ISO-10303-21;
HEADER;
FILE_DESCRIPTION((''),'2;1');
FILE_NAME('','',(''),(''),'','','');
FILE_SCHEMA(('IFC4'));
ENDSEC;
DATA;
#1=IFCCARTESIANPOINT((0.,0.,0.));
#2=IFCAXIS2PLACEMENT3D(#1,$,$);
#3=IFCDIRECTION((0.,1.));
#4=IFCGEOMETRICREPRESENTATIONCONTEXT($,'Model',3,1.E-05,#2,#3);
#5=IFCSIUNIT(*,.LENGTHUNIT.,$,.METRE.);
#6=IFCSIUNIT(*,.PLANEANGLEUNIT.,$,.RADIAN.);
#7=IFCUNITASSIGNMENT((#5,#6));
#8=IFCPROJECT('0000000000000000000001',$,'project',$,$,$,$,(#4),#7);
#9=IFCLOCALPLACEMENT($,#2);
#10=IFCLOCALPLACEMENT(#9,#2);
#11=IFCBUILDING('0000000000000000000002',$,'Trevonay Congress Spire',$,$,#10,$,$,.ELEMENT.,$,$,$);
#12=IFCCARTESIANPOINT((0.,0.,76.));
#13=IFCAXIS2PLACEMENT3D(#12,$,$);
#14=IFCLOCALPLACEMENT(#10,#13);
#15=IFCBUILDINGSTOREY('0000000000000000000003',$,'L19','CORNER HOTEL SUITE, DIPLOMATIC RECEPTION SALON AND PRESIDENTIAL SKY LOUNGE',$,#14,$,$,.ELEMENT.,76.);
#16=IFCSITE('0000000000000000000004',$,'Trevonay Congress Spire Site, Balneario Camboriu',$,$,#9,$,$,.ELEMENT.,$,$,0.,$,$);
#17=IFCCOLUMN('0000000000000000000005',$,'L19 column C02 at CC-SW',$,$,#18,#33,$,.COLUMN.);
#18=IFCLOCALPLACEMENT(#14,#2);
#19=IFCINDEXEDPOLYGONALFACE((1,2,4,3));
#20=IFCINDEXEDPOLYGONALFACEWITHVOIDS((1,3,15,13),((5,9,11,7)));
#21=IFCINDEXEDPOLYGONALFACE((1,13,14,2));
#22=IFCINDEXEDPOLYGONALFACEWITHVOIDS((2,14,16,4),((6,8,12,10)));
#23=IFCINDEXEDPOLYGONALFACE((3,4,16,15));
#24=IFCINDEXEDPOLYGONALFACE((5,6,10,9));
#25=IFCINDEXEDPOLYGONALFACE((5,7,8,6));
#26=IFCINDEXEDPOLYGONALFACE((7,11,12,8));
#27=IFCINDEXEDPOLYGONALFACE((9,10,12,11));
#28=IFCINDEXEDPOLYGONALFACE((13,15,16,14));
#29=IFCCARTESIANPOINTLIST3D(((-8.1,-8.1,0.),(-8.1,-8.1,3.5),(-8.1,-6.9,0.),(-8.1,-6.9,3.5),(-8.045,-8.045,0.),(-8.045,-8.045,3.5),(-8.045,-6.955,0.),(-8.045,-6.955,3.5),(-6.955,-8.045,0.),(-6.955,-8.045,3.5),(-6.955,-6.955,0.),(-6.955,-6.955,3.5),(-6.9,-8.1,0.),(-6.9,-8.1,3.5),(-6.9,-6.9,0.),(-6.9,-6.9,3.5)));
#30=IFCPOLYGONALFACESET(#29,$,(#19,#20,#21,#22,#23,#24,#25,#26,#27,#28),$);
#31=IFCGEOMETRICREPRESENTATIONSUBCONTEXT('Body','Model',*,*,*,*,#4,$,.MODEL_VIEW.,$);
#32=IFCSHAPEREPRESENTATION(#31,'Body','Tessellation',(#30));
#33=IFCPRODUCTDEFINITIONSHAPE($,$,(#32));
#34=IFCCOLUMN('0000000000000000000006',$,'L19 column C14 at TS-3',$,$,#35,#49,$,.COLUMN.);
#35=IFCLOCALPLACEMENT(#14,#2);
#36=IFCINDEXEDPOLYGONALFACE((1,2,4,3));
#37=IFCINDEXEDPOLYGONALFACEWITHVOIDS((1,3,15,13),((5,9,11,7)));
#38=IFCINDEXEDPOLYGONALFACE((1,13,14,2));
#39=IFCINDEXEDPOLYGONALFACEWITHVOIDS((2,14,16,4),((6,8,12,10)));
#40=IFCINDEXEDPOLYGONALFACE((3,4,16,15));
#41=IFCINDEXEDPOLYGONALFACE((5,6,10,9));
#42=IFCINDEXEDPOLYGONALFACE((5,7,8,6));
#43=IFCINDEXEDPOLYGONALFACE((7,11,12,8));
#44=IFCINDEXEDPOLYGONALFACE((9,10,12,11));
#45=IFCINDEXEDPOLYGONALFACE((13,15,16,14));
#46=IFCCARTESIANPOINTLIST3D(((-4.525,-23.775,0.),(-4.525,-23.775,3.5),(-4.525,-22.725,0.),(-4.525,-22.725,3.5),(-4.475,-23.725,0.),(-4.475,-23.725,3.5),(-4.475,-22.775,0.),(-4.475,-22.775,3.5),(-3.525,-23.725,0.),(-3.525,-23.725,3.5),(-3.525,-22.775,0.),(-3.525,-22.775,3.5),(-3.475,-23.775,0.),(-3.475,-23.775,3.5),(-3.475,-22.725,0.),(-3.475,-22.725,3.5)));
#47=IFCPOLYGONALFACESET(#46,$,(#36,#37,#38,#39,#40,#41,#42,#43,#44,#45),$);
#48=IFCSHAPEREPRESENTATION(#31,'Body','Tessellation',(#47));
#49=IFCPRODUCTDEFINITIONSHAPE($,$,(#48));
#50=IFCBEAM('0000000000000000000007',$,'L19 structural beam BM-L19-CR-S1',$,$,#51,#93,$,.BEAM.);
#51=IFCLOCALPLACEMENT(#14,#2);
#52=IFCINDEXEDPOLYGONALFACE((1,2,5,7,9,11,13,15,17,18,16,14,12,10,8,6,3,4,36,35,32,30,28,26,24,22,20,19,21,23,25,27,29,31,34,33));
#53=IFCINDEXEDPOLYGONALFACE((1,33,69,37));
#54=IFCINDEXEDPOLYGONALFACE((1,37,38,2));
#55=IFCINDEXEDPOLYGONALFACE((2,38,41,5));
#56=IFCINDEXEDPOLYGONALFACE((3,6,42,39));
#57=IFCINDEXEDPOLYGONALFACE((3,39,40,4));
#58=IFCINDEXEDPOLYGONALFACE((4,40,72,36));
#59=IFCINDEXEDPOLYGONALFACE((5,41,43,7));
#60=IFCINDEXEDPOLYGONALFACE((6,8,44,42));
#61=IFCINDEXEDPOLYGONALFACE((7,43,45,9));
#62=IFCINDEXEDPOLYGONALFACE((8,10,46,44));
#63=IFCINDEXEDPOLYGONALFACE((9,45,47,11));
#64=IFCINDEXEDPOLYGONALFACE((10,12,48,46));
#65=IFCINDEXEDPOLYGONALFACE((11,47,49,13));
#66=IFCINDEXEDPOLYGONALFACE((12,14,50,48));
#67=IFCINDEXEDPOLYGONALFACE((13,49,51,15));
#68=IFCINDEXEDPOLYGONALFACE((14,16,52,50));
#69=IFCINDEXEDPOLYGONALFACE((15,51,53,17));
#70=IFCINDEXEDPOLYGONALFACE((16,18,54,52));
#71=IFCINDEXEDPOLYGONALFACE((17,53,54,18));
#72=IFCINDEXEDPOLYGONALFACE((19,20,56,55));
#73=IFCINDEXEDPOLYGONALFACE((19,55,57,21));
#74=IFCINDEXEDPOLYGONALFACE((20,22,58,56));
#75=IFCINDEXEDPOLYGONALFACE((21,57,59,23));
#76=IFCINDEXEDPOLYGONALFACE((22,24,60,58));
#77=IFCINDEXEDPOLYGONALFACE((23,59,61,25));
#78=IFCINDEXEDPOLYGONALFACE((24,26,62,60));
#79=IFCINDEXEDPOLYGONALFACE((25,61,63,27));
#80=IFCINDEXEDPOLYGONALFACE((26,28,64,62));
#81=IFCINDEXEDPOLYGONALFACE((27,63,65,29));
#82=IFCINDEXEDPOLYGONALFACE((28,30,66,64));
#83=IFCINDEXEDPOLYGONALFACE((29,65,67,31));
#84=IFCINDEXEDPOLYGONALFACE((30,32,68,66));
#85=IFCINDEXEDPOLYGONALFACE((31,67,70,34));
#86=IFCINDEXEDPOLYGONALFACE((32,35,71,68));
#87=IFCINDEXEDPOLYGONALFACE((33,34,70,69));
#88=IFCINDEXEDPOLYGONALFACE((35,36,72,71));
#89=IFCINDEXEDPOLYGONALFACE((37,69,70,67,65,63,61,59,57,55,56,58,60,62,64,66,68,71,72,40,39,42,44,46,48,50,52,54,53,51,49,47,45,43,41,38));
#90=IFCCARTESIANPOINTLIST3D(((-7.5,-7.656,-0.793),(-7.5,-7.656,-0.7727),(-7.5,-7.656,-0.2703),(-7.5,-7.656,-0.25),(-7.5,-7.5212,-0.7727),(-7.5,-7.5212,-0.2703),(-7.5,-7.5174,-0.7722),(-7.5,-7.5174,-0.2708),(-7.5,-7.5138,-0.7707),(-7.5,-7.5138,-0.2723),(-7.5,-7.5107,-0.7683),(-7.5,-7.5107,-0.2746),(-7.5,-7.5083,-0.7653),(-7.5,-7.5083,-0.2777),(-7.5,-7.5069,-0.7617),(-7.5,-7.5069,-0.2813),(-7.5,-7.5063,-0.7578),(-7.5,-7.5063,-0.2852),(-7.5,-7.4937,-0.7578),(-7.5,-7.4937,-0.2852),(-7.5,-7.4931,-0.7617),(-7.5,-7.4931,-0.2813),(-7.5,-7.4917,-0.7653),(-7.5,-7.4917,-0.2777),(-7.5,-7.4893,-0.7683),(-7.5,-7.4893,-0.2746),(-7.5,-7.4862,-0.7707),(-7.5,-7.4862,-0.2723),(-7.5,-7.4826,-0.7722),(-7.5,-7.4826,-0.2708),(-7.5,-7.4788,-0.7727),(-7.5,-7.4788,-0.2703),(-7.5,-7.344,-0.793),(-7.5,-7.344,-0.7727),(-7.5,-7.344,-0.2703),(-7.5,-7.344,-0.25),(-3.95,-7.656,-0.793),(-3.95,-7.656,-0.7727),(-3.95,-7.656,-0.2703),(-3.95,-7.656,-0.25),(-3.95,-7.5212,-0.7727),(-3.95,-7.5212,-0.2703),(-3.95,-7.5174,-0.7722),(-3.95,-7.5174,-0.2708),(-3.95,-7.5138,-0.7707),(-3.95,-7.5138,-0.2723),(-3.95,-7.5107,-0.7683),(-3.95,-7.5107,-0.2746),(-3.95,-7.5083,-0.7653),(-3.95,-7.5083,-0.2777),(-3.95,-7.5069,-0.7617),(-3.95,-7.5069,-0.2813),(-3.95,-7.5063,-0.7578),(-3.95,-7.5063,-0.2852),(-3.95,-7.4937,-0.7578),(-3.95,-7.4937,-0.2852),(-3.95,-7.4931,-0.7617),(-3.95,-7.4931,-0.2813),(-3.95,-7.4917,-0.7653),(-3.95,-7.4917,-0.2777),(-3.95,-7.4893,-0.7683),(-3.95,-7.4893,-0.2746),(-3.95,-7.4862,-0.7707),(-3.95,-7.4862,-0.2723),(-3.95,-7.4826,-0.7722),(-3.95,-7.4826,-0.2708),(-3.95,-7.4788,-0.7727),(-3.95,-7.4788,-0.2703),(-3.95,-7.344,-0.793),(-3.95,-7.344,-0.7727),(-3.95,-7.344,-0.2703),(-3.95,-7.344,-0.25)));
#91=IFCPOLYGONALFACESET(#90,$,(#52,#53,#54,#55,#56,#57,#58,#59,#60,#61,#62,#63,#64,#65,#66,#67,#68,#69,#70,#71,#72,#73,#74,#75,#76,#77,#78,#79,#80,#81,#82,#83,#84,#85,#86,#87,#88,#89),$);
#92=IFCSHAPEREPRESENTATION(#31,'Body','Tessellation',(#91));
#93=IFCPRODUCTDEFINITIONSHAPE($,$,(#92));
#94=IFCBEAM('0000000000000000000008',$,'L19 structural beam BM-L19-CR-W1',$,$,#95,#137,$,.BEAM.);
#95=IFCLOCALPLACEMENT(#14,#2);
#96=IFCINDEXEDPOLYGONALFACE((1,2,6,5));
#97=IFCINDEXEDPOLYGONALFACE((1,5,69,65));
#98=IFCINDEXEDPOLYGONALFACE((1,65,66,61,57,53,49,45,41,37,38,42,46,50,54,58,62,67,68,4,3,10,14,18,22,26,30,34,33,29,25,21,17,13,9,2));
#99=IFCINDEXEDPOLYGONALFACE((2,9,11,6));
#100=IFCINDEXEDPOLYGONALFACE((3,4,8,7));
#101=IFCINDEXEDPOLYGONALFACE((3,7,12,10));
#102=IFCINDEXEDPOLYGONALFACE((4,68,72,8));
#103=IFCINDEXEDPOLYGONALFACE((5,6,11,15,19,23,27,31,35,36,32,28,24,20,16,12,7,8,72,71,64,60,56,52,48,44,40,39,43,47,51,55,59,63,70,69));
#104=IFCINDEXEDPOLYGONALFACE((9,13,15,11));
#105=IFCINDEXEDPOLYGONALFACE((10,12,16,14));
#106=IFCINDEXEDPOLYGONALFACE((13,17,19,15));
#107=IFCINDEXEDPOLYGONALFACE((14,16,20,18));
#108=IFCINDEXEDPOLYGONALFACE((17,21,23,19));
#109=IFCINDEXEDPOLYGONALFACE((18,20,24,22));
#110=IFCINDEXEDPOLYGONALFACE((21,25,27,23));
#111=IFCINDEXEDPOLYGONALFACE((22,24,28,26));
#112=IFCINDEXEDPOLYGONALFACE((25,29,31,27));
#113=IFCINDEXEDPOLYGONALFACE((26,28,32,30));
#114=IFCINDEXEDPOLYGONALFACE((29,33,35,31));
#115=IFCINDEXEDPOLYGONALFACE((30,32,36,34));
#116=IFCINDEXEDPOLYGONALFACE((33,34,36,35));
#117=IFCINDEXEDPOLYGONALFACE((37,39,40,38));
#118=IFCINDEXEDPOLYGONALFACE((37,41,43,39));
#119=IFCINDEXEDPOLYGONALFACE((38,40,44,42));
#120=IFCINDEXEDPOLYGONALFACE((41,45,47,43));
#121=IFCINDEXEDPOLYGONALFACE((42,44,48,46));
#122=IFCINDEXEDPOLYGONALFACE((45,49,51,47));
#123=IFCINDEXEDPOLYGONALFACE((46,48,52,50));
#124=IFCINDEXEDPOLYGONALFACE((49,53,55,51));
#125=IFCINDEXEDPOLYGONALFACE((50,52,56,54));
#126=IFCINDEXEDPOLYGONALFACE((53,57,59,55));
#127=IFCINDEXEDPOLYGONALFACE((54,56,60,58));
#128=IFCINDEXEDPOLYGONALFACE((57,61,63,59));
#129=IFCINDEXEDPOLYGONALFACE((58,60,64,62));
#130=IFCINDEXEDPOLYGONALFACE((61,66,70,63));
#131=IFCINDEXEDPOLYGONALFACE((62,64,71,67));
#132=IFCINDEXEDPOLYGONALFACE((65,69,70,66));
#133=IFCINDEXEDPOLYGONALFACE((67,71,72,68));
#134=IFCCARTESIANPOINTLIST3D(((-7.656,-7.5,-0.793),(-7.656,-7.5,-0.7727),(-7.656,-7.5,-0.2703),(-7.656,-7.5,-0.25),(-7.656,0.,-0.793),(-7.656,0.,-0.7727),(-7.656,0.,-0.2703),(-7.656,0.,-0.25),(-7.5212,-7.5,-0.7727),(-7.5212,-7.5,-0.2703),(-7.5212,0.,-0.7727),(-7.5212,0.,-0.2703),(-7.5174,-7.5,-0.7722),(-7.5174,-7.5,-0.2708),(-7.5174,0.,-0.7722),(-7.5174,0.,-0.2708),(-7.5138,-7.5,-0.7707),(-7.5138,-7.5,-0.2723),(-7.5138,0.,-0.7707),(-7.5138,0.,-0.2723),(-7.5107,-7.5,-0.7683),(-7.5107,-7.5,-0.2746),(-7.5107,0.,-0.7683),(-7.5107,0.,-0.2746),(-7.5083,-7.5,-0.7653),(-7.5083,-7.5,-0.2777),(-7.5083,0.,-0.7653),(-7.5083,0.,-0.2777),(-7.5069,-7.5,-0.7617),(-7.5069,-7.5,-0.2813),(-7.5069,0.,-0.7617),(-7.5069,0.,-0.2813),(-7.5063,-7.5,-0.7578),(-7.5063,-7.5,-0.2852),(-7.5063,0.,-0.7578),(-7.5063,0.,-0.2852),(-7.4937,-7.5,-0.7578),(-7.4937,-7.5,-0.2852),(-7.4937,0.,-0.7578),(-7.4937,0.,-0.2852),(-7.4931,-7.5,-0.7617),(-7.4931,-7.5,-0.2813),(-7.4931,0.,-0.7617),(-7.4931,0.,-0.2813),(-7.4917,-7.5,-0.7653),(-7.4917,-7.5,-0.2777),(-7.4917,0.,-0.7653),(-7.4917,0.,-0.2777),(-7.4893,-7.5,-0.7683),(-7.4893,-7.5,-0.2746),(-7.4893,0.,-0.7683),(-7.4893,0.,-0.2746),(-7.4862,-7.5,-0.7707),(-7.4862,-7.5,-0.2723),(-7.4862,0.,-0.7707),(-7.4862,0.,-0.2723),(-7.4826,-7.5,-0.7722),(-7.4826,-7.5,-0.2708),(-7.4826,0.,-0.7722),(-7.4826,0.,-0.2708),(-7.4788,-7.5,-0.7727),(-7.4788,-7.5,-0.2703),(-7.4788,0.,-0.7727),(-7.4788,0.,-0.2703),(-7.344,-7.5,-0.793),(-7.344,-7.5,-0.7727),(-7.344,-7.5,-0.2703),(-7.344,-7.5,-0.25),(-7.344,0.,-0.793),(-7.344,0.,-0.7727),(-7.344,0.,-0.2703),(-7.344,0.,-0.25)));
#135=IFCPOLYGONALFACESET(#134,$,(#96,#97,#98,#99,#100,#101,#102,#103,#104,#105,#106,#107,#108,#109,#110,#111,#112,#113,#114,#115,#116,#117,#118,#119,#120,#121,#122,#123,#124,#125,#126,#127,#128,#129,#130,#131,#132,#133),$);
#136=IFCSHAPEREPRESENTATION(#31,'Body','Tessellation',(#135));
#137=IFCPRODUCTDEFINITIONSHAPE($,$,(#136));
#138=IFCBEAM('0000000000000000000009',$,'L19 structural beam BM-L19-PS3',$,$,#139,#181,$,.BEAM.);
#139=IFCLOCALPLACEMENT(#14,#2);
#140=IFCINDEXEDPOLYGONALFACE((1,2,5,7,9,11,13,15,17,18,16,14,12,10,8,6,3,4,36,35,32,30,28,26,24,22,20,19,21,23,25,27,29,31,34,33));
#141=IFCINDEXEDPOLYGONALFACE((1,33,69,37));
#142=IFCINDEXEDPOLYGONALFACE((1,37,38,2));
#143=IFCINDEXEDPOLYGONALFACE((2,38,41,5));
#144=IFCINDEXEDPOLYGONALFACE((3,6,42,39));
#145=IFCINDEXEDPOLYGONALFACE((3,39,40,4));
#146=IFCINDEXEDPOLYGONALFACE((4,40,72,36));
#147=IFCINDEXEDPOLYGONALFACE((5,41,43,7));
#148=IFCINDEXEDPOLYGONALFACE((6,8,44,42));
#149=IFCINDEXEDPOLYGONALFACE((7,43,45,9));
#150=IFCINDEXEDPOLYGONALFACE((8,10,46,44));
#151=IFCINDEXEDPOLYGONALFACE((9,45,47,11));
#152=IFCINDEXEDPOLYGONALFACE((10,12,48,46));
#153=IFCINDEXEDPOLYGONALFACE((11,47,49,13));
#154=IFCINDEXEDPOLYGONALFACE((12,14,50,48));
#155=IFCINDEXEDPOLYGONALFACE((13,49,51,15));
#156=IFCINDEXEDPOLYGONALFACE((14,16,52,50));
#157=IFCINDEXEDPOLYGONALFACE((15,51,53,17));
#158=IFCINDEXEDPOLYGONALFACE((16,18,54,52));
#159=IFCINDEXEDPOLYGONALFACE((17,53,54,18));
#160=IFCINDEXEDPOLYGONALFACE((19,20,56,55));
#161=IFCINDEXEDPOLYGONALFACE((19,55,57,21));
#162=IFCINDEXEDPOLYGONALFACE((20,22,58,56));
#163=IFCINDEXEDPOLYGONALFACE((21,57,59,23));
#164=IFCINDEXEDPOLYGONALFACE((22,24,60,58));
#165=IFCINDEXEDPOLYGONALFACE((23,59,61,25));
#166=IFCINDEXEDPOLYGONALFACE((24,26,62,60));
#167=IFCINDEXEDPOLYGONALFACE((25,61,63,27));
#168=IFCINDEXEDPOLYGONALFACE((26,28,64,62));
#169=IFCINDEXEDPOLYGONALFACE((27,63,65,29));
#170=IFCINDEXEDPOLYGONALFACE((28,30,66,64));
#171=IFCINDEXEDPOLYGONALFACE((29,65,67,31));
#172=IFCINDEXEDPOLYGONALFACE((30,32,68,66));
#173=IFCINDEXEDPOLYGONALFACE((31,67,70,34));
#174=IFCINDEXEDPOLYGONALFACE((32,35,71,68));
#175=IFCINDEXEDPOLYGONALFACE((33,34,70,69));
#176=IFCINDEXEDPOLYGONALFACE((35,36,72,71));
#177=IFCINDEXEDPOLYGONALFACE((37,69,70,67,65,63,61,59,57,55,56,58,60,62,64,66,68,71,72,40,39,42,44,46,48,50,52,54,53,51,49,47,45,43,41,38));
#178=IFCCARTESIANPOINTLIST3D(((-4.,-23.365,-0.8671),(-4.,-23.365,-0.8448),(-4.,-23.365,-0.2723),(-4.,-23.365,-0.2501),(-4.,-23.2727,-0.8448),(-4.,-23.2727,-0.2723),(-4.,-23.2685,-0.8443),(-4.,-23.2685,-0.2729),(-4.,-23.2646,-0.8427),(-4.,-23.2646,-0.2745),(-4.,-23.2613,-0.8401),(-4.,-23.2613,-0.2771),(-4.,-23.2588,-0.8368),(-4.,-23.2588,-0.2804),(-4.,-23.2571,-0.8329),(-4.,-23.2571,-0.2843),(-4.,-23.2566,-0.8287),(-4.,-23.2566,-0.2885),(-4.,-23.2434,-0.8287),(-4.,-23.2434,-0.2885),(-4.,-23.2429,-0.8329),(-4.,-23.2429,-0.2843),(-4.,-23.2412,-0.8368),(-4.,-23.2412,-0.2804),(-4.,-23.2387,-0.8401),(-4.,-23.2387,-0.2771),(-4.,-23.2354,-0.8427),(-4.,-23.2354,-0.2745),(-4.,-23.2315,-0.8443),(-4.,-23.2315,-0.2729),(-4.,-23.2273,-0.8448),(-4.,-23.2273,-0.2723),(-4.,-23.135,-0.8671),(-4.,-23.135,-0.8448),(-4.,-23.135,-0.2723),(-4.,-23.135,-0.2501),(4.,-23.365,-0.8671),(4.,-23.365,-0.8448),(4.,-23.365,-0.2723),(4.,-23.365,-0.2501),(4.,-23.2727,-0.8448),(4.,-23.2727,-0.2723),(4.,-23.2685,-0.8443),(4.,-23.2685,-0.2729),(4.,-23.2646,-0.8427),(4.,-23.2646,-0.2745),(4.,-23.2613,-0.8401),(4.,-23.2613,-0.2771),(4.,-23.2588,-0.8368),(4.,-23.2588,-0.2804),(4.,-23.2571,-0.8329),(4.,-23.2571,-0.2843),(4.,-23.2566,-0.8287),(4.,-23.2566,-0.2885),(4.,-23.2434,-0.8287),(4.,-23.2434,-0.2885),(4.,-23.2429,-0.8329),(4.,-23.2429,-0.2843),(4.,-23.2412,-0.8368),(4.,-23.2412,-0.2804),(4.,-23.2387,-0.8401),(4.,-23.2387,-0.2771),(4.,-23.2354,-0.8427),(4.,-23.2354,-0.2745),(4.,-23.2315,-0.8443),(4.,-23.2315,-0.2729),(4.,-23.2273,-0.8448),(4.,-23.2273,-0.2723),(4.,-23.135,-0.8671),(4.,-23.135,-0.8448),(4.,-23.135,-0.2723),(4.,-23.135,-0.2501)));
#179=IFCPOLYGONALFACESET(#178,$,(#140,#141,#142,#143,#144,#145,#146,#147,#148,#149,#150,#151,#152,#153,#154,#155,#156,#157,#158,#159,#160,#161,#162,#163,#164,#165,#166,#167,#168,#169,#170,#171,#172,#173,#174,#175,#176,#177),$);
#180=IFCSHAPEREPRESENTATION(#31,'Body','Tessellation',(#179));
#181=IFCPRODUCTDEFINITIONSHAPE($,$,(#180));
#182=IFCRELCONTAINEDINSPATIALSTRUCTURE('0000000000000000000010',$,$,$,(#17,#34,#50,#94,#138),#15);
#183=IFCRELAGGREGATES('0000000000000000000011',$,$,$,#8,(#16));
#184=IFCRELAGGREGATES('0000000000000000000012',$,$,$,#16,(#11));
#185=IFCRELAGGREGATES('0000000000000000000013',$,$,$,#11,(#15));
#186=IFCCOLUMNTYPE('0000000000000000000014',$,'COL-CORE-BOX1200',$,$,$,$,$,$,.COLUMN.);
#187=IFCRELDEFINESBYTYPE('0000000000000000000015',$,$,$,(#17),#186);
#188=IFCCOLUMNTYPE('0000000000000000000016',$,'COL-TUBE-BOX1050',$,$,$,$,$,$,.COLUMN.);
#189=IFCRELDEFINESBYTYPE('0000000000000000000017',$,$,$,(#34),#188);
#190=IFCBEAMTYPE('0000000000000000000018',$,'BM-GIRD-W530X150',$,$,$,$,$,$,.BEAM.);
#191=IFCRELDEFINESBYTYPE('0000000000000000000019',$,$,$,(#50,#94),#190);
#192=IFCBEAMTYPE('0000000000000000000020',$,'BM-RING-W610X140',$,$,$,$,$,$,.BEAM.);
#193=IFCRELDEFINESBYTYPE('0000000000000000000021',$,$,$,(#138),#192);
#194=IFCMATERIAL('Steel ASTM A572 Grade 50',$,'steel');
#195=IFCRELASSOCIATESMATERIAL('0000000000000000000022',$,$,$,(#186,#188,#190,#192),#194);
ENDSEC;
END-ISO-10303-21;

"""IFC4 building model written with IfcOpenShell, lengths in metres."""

from ifc_helpers import new_model, si_unit, direction, frame, origin, origin_2d, place, context, subcontext, project, spatial, hollow_rectangle, i_section, extrude, material, material_profile, profile_set, type_object, element, save


model = new_model("IFC4")

# Units and contexts
model_context = context("Model", 3, precision=1e-05, world=origin(), true_north=direction((0.0, 1.0)))
body_context = subcontext(model_context, "Body", "Model", "MODEL_VIEW")
ifc_project = project(units=[si_unit("LENGTHUNIT", "METRE"), si_unit("PLANEANGLEUNIT", "RADIAN")], contexts=[model_context])

# Site, building, storey
site_placement = place(None, origin())
site = spatial("IfcSite", under=ifc_project, at=site_placement, Name="Trevonay Congress Spire Site, Balneario Camboriu", CompositionType="ELEMENT", RefElevation=0.0)
building_placement = place(site_placement, origin())
building = spatial("IfcBuilding", under=site, at=building_placement, Name="Trevonay Congress Spire", CompositionType="ELEMENT")
storey_placement = place(building_placement, frame((0.0, 0.0, 76.0)))
storey = spatial("IfcBuildingStorey", under=building, at=storey_placement, Name="L19", Description="CORNER HOTEL SUITE, DIPLOMATIC RECEPTION SALON AND PRESIDENTIAL SKY LOUNGE", CompositionType="ELEMENT", Elevation=76.0)

# Columns
ifc_material_1 = material(Name="Steel ASTM A572 Grade 50", Category="steel")
ifc_material_profile_1 = material_profile(ifc_material_1, hollow_rectangle(XDim=1.2, YDim=1.2, WallThickness=0.0549, at=origin_2d()), Name="BOX 1200x1200x55")
ifc_profile_set_1 = profile_set([ifc_material_profile_1], Name="Steel ASTM A572 Grade 50")
column_type_1 = type_object("IfcColumnType", Name="COL-CORE-BOX1200", PredefinedType="COLUMN", material=ifc_profile_set_1)
column_1_placement = place(storey_placement, frame((-7.5, -7.5, 0.0), z_axis=(0.0, 0.0, 1.0), x_axis=(1.0, 0.0, 0.0)))
element("IfcColumn", 1, at=column_1_placement, inside=storey, type_object=column_type_1, Name="L19 column C02 at CC-SW", PredefinedType="COLUMN", context=body_context, shape_type="SweptSolid", body=[
    extrude(hollow_rectangle(XDim=1.2, YDim=1.2, WallThickness=0.0549, at=origin_2d()), origin(), (0.0, 0.0, 1.0), 3.5),
])
ifc_material_profile_2 = material_profile(ifc_material_1, hollow_rectangle(XDim=1.05, YDim=1.05, WallThickness=0.05, at=origin_2d()), Name="BOX 1050x1050x50")
ifc_profile_set_2 = profile_set([ifc_material_profile_2], Name="Steel ASTM A572 Grade 50")
column_type_2 = type_object("IfcColumnType", Name="COL-TUBE-BOX1050", PredefinedType="COLUMN", material=ifc_profile_set_2)
column_2_placement = place(storey_placement, frame((-4.0, -23.25, 0.0), z_axis=(0.0, 0.0, 1.0), x_axis=(1.0, 0.0, 0.0)))
element("IfcColumn", 2, at=column_2_placement, inside=storey, type_object=column_type_2, Name="L19 column C14 at TS-3", PredefinedType="COLUMN", context=body_context, shape_type="SweptSolid", body=[
    extrude(hollow_rectangle(XDim=1.05, YDim=1.05, WallThickness=0.05, at=origin_2d()), origin(), (0.0, 0.0, 1.0), 3.5),
])

# Beams
ifc_material_profile_3 = material_profile(ifc_material_1, i_section(OverallWidth=0.312, OverallDepth=0.543, WebThickness=0.0127, FlangeThickness=0.0203, FilletRadius=0.0149, at=origin_2d()), Name="W530x150")
ifc_profile_set_3 = profile_set([ifc_material_profile_3], Name="Steel ASTM A572 Grade 50")
beam_type_1 = type_object("IfcBeamType", Name="BM-GIRD-W530X150", PredefinedType="BEAM", material=ifc_profile_set_3)
beam_1_placement = place(storey_placement, frame((-7.5, -7.5, -0.5215), z_axis=(1.0, 0.0, 0.0), x_axis=(0.0, 1.0, 0.0)))
element("IfcBeam", 3, at=beam_1_placement, inside=storey, type_object=beam_type_1, Name="L19 structural beam BM-L19-CR-S1", PredefinedType="BEAM", context=body_context, shape_type="SweptSolid", body=[
    extrude(i_section(OverallWidth=0.312, OverallDepth=0.543, WebThickness=0.0127, FlangeThickness=0.0203, FilletRadius=0.0149, at=origin_2d()), origin(), (0.0, 0.0, 1.0), 3.55),
])
beam_2_placement = place(storey_placement, frame((-7.5, -7.5, -0.5215), z_axis=(0.0, 1.0, 0.0), x_axis=(-1.0, 0.0, 0.0)))
element("IfcBeam", 4, at=beam_2_placement, inside=storey, type_object=beam_type_1, Name="L19 structural beam BM-L19-CR-W1", PredefinedType="BEAM", context=body_context, shape_type="SweptSolid", body=[
    extrude(i_section(OverallWidth=0.312, OverallDepth=0.543, WebThickness=0.0127, FlangeThickness=0.0203, FilletRadius=0.0149, at=origin_2d()), origin(), (0.0, 0.0, 1.0), 7.5),
])
ifc_material_profile_4 = material_profile(ifc_material_1, i_section(OverallWidth=0.23, OverallDepth=0.6169, WebThickness=0.0132, FlangeThickness=0.0222, FilletRadius=0.0161, at=origin_2d()), Name="W610x140")
ifc_profile_set_4 = profile_set([ifc_material_profile_4], Name="Steel ASTM A572 Grade 50")
beam_type_2 = type_object("IfcBeamType", Name="BM-RING-W610X140", PredefinedType="BEAM", material=ifc_profile_set_4)
beam_3_placement = place(storey_placement, frame((-4.0, -23.25, -0.5586), z_axis=(1.0, 0.0, 0.0), x_axis=(0.0, 1.0, 0.0)))
element("IfcBeam", 5, at=beam_3_placement, inside=storey, type_object=beam_type_2, Name="L19 structural beam BM-L19-PS3", PredefinedType="BEAM", context=body_context, shape_type="SweptSolid", body=[
    extrude(i_section(OverallWidth=0.23, OverallDepth=0.6169, WebThickness=0.0132, FlangeThickness=0.0222, FilletRadius=0.0161, at=origin_2d()), origin(), (0.0, 0.0, 1.0), 8.0),
])

save(model, "model.ifc")
